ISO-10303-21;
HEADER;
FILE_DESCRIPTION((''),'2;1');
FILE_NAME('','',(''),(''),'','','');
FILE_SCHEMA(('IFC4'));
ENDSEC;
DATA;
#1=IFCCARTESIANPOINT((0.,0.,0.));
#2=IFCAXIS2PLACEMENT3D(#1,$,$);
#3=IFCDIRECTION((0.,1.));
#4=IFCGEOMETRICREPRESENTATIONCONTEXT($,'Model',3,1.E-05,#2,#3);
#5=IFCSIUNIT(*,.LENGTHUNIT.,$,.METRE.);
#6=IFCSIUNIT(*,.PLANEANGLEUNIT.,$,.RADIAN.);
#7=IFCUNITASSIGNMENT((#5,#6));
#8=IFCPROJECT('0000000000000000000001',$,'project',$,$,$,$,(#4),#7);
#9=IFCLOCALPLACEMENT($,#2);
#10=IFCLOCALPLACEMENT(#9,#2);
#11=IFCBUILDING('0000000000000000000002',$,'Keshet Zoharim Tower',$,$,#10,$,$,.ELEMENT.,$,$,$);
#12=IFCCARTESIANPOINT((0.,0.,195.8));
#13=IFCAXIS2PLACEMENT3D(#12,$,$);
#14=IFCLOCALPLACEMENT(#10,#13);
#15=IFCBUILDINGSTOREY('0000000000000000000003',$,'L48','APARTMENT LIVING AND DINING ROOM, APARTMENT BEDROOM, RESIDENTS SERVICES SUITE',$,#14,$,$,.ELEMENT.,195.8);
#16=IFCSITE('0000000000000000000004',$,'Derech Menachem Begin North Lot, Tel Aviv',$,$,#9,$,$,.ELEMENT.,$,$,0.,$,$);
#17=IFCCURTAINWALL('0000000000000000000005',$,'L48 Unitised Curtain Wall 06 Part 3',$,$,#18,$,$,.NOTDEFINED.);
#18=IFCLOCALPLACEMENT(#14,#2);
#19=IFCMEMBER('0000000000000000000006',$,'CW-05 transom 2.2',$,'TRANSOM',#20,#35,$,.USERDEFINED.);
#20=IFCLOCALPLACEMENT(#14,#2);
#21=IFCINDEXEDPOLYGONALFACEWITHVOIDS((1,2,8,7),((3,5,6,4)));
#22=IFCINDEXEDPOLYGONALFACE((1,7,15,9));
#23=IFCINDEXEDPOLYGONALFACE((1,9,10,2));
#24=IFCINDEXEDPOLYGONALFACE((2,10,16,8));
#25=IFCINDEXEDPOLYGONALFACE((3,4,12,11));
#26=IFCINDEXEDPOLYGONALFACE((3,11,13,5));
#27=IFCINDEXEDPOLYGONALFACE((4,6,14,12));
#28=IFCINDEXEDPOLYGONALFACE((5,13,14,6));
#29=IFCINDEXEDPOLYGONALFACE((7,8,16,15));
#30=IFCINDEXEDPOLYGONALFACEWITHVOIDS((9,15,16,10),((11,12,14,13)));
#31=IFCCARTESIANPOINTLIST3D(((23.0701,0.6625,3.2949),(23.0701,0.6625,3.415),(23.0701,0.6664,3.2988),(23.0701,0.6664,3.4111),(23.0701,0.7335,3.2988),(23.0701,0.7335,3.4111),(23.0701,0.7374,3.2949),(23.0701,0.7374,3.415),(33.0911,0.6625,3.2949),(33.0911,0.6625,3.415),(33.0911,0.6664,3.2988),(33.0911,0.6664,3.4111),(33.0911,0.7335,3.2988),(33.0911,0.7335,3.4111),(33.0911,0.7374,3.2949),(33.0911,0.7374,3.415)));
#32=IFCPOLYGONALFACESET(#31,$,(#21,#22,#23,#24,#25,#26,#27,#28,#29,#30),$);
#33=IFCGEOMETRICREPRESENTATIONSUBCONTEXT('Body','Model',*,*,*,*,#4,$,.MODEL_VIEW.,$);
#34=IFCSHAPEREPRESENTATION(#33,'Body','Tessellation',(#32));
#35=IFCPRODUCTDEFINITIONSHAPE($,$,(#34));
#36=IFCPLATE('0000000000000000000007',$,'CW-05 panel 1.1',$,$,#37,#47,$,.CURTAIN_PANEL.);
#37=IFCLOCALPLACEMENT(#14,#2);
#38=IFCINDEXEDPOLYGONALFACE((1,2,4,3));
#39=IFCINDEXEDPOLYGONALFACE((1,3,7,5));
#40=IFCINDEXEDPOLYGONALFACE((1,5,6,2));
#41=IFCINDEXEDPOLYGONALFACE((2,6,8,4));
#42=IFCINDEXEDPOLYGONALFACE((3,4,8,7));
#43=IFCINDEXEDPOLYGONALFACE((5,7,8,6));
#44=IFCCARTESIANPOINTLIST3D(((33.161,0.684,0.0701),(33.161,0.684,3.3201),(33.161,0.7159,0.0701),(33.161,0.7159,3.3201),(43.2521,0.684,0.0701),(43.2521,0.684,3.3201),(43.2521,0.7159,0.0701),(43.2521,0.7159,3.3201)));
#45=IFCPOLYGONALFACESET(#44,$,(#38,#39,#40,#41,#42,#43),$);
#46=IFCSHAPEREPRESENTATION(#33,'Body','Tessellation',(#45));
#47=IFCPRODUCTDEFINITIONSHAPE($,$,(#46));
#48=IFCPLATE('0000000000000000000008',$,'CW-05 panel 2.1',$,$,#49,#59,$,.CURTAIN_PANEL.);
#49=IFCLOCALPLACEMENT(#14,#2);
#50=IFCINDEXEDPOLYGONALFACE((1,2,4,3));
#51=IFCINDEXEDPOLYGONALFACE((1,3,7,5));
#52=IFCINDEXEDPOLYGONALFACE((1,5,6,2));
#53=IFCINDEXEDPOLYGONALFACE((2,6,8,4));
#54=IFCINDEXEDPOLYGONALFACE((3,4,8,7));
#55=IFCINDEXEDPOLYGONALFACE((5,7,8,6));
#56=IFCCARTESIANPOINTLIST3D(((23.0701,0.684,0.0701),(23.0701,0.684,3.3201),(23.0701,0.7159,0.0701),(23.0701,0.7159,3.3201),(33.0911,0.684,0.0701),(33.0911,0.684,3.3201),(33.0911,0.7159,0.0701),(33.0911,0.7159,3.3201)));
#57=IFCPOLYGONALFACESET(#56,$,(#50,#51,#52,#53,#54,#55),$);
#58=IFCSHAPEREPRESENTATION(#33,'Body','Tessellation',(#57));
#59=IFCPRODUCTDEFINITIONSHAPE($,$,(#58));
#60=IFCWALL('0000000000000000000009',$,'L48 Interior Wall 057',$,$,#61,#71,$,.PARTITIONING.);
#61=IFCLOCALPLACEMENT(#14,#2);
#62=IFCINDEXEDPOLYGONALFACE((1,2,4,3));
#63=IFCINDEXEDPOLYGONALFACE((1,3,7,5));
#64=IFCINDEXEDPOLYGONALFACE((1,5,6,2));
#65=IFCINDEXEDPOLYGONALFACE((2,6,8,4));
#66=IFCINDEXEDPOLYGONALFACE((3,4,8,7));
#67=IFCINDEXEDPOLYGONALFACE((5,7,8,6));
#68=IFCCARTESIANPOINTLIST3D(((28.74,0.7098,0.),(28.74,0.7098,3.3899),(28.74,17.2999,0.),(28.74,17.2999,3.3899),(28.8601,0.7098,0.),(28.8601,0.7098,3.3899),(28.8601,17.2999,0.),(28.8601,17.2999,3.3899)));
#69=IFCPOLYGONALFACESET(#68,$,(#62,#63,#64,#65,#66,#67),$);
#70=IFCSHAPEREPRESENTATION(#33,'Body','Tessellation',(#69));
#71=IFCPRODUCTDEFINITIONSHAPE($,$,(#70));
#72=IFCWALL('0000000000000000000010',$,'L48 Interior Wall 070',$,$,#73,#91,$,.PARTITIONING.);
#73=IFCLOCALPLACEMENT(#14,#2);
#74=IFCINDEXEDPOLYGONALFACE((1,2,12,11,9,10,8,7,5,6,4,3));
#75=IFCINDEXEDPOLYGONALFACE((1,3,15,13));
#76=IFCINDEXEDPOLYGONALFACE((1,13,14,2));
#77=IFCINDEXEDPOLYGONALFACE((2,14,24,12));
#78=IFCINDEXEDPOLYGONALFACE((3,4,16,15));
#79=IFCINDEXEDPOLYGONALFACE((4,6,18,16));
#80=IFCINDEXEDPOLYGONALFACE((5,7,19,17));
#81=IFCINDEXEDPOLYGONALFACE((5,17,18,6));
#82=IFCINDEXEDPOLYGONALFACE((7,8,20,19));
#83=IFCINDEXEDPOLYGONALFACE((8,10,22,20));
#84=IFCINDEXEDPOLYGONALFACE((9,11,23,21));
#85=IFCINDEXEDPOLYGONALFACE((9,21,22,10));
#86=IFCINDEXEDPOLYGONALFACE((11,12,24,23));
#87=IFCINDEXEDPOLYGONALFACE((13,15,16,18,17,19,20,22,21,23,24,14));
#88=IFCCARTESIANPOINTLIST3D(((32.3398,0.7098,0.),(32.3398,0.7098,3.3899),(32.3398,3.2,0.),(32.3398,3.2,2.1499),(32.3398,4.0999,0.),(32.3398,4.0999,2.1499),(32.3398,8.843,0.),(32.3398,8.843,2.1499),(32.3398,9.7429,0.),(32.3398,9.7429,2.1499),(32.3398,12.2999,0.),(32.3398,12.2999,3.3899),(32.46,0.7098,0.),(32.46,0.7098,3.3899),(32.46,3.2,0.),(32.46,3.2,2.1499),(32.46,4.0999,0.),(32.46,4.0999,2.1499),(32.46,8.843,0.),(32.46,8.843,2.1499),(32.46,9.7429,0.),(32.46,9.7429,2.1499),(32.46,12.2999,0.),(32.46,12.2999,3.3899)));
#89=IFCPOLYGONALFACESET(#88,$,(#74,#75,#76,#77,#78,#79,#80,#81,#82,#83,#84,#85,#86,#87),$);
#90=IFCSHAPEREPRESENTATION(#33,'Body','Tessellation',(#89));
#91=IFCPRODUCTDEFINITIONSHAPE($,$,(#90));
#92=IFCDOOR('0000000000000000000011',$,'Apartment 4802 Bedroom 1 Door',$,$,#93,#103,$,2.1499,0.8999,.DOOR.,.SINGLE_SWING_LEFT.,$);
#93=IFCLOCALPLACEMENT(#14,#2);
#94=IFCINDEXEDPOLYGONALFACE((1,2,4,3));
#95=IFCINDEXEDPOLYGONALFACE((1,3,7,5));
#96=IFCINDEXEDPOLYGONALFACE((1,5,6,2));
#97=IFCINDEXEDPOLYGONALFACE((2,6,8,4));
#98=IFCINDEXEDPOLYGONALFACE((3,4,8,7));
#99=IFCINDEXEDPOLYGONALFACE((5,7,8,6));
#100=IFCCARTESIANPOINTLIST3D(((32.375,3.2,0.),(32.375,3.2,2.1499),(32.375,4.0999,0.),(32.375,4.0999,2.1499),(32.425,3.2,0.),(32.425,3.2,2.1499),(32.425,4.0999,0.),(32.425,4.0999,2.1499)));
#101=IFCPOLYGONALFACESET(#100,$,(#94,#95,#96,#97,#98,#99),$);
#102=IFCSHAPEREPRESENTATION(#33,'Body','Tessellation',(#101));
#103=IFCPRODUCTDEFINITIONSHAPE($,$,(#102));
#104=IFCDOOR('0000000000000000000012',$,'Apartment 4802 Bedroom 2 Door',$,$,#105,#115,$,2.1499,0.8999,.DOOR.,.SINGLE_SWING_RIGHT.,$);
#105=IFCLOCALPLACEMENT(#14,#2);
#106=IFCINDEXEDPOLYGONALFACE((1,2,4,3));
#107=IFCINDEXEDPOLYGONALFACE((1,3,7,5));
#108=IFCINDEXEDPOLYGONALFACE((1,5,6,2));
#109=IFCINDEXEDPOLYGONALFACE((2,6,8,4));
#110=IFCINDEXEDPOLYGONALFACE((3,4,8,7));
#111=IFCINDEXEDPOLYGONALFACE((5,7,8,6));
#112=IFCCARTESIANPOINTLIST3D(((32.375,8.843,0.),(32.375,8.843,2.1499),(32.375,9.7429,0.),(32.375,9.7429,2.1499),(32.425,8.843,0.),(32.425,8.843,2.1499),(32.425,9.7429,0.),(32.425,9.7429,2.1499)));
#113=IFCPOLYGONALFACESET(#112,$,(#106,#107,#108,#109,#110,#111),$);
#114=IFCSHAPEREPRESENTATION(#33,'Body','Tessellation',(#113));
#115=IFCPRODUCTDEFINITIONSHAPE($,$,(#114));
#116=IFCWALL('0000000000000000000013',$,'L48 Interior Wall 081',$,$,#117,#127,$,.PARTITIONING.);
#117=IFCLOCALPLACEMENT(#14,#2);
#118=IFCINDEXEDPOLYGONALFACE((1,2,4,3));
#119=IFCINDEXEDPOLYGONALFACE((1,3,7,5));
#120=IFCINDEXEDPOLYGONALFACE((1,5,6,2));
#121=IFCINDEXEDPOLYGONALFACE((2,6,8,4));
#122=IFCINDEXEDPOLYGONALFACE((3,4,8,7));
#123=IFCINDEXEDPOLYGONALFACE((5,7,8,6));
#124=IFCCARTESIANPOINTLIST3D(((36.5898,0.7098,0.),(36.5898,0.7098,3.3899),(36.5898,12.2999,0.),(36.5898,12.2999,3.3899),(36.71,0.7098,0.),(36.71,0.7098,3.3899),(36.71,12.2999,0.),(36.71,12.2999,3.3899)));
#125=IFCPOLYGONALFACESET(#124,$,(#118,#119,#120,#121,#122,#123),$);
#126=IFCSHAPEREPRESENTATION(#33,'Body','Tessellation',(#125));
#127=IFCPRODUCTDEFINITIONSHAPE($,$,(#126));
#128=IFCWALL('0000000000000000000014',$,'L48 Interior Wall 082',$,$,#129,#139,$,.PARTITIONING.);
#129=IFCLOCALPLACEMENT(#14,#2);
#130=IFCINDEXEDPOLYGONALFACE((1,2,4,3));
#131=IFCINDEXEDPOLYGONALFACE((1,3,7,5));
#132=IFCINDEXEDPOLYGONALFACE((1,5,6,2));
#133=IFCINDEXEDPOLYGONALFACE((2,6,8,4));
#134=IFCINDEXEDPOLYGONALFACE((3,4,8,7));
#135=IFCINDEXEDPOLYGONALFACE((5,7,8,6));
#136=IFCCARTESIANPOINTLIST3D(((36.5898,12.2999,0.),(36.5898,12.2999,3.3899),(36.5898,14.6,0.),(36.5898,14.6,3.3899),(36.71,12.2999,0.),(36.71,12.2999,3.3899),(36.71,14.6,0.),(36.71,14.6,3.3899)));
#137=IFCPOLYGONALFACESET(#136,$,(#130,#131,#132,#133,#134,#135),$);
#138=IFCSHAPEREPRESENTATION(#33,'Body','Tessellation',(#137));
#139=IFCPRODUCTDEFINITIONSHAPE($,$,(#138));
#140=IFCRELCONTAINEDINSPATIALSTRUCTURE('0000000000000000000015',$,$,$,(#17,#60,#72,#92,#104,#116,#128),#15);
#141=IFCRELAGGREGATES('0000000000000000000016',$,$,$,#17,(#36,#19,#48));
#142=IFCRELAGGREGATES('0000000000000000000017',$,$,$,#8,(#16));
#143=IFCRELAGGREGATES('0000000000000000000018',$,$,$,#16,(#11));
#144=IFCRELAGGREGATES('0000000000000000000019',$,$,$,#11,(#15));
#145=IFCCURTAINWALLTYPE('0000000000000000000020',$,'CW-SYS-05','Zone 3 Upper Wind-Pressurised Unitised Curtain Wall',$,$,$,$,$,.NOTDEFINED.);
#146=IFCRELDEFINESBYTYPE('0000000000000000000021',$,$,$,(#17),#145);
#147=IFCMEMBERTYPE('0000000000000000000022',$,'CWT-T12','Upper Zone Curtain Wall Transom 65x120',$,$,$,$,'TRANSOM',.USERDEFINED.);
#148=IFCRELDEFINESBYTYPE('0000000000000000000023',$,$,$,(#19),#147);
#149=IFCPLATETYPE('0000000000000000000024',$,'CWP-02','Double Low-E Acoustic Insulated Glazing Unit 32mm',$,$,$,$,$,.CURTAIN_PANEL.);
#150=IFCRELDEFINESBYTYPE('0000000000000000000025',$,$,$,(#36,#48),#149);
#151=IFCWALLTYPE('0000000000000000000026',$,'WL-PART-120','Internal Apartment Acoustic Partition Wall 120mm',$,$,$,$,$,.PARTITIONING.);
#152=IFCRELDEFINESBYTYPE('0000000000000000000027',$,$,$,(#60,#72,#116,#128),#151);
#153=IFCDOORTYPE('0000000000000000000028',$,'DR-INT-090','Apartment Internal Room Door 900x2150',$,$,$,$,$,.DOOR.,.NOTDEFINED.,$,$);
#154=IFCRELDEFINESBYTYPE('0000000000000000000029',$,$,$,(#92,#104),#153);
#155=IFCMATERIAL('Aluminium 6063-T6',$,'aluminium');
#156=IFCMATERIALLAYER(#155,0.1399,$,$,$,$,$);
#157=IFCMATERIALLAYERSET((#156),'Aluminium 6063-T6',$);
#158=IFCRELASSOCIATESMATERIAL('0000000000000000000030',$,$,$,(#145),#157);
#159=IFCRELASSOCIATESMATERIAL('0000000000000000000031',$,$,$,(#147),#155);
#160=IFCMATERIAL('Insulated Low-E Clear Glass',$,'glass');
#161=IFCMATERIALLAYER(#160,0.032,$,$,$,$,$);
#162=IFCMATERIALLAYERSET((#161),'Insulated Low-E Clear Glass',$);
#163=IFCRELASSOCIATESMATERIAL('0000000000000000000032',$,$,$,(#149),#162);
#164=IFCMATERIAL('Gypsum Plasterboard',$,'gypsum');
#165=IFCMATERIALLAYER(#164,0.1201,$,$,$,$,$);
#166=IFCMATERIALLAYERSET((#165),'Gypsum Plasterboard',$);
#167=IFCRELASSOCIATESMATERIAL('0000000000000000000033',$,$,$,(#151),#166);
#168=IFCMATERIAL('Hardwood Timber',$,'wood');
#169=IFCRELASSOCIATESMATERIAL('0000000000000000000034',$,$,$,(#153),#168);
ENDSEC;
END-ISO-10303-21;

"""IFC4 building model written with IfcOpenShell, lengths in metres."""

from ifc_helpers import new_model, si_unit, direction, frame, frame_2d, origin, origin_2d, place, context, subcontext, project, spatial, rectangle, hollow_rectangle, extrude, material, layer, layer_set, material_profile, profile_set, type_object, element, fill, aggregate, save


model = new_model("IFC4")

# Units and contexts
model_context = context("Model", 3, precision=1e-05, world=origin(), true_north=direction((0.0, 1.0)))
body_context = subcontext(model_context, "Body", "Model", "MODEL_VIEW")
ifc_project = project(units=[si_unit("LENGTHUNIT", "METRE"), si_unit("PLANEANGLEUNIT", "RADIAN")], contexts=[model_context])

# Site, building, storey
site_placement = place(None, origin())
site = spatial("IfcSite", under=ifc_project, at=site_placement, Name="Derech Menachem Begin North Lot, Tel Aviv", CompositionType="ELEMENT", RefElevation=0.0)
building_placement = place(site_placement, origin())
building = spatial("IfcBuilding", under=site, at=building_placement, Name="Keshet Zoharim Tower", CompositionType="ELEMENT")
storey_placement = place(building_placement, frame((0.0, 0.0, 195.8)))
storey = spatial("IfcBuildingStorey", under=building, at=storey_placement, Name="L48", Description="APARTMENT LIVING AND DINING ROOM, APARTMENT BEDROOM, RESIDENTS SERVICES SUITE", CompositionType="ELEMENT", Elevation=195.8)

# Shared definitions
ifc_material_1 = material(Name="Aluminium 6063-T6", Category="aluminium")
ifc_layer_1 = layer(ifc_material_1, 0.1399)
ifc_layer_set_1 = layer_set([ifc_layer_1], Name="Aluminium 6063-T6")
curtain_wall_type = type_object("IfcCurtainWallType", Name="CW-SYS-05", Description="Zone 3 Upper Wind-Pressurised Unitised Curtain Wall", PredefinedType="NOTDEFINED", material=ifc_layer_set_1)

# Curtain wall, member, plates
curtain_wall_1_placement = place(storey_placement, origin())
curtain_wall_1 = element("IfcCurtainWall", 1, at=curtain_wall_1_placement, inside=storey, type_object=curtain_wall_type, Name="L48 Unitised Curtain Wall 06 Part 3", PredefinedType="NOTDEFINED")
ifc_material_profile_1 = material_profile(ifc_material_1, hollow_rectangle(XDim=0.075, YDim=0.1201, WallThickness=0.0039, at=origin_2d()), Name="TRN-75x120")
ifc_profile_set_1 = profile_set([ifc_material_profile_1], Name="Aluminium 6063-T6")
member_type_1 = type_object("IfcMemberType", Name="CWT-T12", Description="Upper Zone Curtain Wall Transom 65x120", ElementType="TRANSOM", PredefinedType="USERDEFINED", material=ifc_profile_set_1)
member_1_placement = place(storey_placement, frame((33.0911, 0.7, 3.355), z_axis=(-1.0, 0.0, 0.0), x_axis=(0.0, -1.0, 0.0)))
member_1 = element("IfcMember", 2, at=member_1_placement, type_object=member_type_1, Name="CW-05 transom 2.2", ObjectType="TRANSOM", PredefinedType="USERDEFINED", context=body_context, shape_type="SweptSolid", body=[
    extrude(hollow_rectangle(XDim=0.075, YDim=0.1201, WallThickness=0.0039, at=origin_2d()), origin(), (0.0, 0.0, 1.0), 10.021),
])
ifc_material_2 = material(Name="Insulated Low-E Clear Glass", Category="glass")
ifc_layer_2 = layer(ifc_material_2, 0.032)
ifc_layer_set_2 = layer_set([ifc_layer_2], Name="Insulated Low-E Clear Glass")
plate_type = type_object("IfcPlateType", Name="CWP-02", Description="Double Low-E Acoustic Insulated Glazing Unit 32mm", PredefinedType="CURTAIN_PANEL", material=ifc_layer_set_2)
plate_1_placement = place(storey_placement, frame((38.2065, 0.7, 0.0701), z_axis=(0.0, 0.0, 1.0), x_axis=(-1.0, 0.0, 0.0)))
plate_1 = element("IfcPlate", 3, at=plate_1_placement, type_object=plate_type, Name="CW-05 panel 1.1", PredefinedType="CURTAIN_PANEL", context=body_context, shape_type="SweptSolid", body=[
    extrude(rectangle(XDim=10.0911, YDim=0.032, at=origin_2d()), origin(), (0.0, 0.0, 1.0), 3.25),
])
plate_2_placement = place(storey_placement, frame((28.0806, 0.7, 0.0701), z_axis=(0.0, 0.0, 1.0), x_axis=(-1.0, 0.0, 0.0)))
plate_2 = element("IfcPlate", 4, at=plate_2_placement, type_object=plate_type, Name="CW-05 panel 2.1", PredefinedType="CURTAIN_PANEL", context=body_context, shape_type="SweptSolid", body=[
    extrude(rectangle(XDim=10.021, YDim=0.032, at=origin_2d()), origin(), (0.0, 0.0, 1.0), 3.25),
])
aggregate(curtain_wall_1, [plate_1, member_1, plate_2])

# Wall
ifc_material_3 = material(Name="Gypsum Plasterboard", Category="gypsum")
ifc_layer_3 = layer(ifc_material_3, 0.1201)
ifc_layer_set_3 = layer_set([ifc_layer_3], Name="Gypsum Plasterboard")
wall_type = type_object("IfcWallType", Name="WL-PART-120", Description="Internal Apartment Acoustic Partition Wall 120mm", PredefinedType="PARTITIONING", material=ifc_layer_set_3)
wall_1_placement = place(storey_placement, frame((28.8, 0.71, 0.0), z_axis=(0.0, 0.0, 1.0), x_axis=(0.0, 1.0, 0.0)))
element("IfcWall", 5, at=wall_1_placement, inside=storey, type_object=wall_type, Name="L48 Interior Wall 057", PredefinedType="PARTITIONING", context=body_context, shape_type="SweptSolid", body=[
    extrude(rectangle(XDim=16.5901, YDim=0.1201, at=frame_2d((8.2949, 0.0))), origin(), (0.0, 0.0, 1.0), 3.3899),
])

# Wall, openings, doors
wall_2_placement = place(storey_placement, frame((32.3999, 0.71, 0.0), z_axis=(0.0, 0.0, 1.0), x_axis=(0.0, 1.0, 0.0)))
wall_2 = element("IfcWall", 6, at=wall_2_placement, inside=storey, type_object=wall_type, Name="L48 Interior Wall 070", PredefinedType="PARTITIONING", context=body_context, shape_type="SweptSolid", body=[
    extrude(rectangle(XDim=11.5901, YDim=0.1201, at=frame_2d((5.7949, 0.0))), origin(), (0.0, 0.0, 1.0), 3.3899),
])
opening_1_placement = place(wall_2_placement, frame((2.49, 0.0, 0.0)))
opening_1 = element("IfcOpeningElement", 7, at=opening_1_placement, cuts=wall_2, PredefinedType="OPENING", context=body_context, shape_type="SweptSolid", body=[
    extrude(rectangle(XDim=0.8999, YDim=2.1499, at=frame_2d((0.45, 1.075))), frame((0.0, 0.0701, 0.0), z_axis=(0.0, -1.0, 0.0), x_axis=(1.0, 0.0, 0.0)), (0.0, 0.0, 1.0), 0.1401),
])
opening_2_placement = place(wall_2_placement, frame((8.1331, 0.0, 0.0)))
opening_2 = element("IfcOpeningElement", 8, at=opening_2_placement, cuts=wall_2, PredefinedType="OPENING", context=body_context, shape_type="SweptSolid", body=[
    extrude(rectangle(XDim=0.8999, YDim=2.1499, at=frame_2d((0.45, 1.075))), frame((0.0, 0.0701, 0.0), z_axis=(0.0, -1.0, 0.0), x_axis=(1.0, 0.0, 0.0)), (0.0, 0.0, 1.0), 0.1401),
])
ifc_material_4 = material(Name="Hardwood Timber", Category="wood")
door_type = type_object("IfcDoorType", Name="DR-INT-090", Description="Apartment Internal Room Door 900x2150", OperationType="NOTDEFINED", PredefinedType="DOOR", material=ifc_material_4)
door_1_placement = place(opening_1_placement, origin())
door_1 = element("IfcDoor", 9, at=door_1_placement, inside=storey, type_object=door_type, Name="Apartment 4802 Bedroom 1 Door", OperationType="SINGLE_SWING_LEFT", OverallHeight=2.1499, OverallWidth=0.8999, PredefinedType="DOOR", context=body_context, shape_type="SweptSolid", body=[
    extrude(rectangle(XDim=0.8999, YDim=2.1499, at=frame_2d((0.45, 1.075))), frame((0.0, 0.0249, 0.0), z_axis=(0.0, -1.0, 0.0), x_axis=(1.0, 0.0, 0.0)), (0.0, 0.0, 1.0), 0.05),
])
fill(opening_1, door_1)
door_2_placement = place(opening_2_placement, origin())
door_2 = element("IfcDoor", 10, at=door_2_placement, inside=storey, type_object=door_type, Name="Apartment 4802 Bedroom 2 Door", OperationType="SINGLE_SWING_RIGHT", OverallHeight=2.1499, OverallWidth=0.8999, PredefinedType="DOOR", context=body_context, shape_type="SweptSolid", body=[
    extrude(rectangle(XDim=0.8999, YDim=2.1499, at=frame_2d((0.45, 1.075))), frame((0.0, 0.0249, 0.0), z_axis=(0.0, -1.0, 0.0), x_axis=(1.0, 0.0, 0.0)), (0.0, 0.0, 1.0), 0.05),
])
fill(opening_2, door_2)

# Walls
wall_3_placement = place(storey_placement, frame((36.6499, 0.71, 0.0), z_axis=(0.0, 0.0, 1.0), x_axis=(0.0, 1.0, 0.0)))
element("IfcWall", 11, at=wall_3_placement, inside=storey, type_object=wall_type, Name="L48 Interior Wall 081", PredefinedType="PARTITIONING", context=body_context, shape_type="SweptSolid", body=[
    extrude(rectangle(XDim=11.5901, YDim=0.1201, at=frame_2d((5.7949, 0.0))), origin(), (0.0, 0.0, 1.0), 3.3899),
])
wall_4_placement = place(storey_placement, frame((36.6499, 12.3, 0.0), z_axis=(0.0, 0.0, 1.0), x_axis=(0.0, 1.0, 0.0)))
element("IfcWall", 12, at=wall_4_placement, inside=storey, type_object=wall_type, Name="L48 Interior Wall 082", PredefinedType="PARTITIONING", context=body_context, shape_type="SweptSolid", body=[
    extrude(rectangle(XDim=2.3, YDim=0.1201, at=frame_2d((1.1499, 0.0))), origin(), (0.0, 0.0, 1.0), 3.3899),
])

save(model, "model.ifc")
